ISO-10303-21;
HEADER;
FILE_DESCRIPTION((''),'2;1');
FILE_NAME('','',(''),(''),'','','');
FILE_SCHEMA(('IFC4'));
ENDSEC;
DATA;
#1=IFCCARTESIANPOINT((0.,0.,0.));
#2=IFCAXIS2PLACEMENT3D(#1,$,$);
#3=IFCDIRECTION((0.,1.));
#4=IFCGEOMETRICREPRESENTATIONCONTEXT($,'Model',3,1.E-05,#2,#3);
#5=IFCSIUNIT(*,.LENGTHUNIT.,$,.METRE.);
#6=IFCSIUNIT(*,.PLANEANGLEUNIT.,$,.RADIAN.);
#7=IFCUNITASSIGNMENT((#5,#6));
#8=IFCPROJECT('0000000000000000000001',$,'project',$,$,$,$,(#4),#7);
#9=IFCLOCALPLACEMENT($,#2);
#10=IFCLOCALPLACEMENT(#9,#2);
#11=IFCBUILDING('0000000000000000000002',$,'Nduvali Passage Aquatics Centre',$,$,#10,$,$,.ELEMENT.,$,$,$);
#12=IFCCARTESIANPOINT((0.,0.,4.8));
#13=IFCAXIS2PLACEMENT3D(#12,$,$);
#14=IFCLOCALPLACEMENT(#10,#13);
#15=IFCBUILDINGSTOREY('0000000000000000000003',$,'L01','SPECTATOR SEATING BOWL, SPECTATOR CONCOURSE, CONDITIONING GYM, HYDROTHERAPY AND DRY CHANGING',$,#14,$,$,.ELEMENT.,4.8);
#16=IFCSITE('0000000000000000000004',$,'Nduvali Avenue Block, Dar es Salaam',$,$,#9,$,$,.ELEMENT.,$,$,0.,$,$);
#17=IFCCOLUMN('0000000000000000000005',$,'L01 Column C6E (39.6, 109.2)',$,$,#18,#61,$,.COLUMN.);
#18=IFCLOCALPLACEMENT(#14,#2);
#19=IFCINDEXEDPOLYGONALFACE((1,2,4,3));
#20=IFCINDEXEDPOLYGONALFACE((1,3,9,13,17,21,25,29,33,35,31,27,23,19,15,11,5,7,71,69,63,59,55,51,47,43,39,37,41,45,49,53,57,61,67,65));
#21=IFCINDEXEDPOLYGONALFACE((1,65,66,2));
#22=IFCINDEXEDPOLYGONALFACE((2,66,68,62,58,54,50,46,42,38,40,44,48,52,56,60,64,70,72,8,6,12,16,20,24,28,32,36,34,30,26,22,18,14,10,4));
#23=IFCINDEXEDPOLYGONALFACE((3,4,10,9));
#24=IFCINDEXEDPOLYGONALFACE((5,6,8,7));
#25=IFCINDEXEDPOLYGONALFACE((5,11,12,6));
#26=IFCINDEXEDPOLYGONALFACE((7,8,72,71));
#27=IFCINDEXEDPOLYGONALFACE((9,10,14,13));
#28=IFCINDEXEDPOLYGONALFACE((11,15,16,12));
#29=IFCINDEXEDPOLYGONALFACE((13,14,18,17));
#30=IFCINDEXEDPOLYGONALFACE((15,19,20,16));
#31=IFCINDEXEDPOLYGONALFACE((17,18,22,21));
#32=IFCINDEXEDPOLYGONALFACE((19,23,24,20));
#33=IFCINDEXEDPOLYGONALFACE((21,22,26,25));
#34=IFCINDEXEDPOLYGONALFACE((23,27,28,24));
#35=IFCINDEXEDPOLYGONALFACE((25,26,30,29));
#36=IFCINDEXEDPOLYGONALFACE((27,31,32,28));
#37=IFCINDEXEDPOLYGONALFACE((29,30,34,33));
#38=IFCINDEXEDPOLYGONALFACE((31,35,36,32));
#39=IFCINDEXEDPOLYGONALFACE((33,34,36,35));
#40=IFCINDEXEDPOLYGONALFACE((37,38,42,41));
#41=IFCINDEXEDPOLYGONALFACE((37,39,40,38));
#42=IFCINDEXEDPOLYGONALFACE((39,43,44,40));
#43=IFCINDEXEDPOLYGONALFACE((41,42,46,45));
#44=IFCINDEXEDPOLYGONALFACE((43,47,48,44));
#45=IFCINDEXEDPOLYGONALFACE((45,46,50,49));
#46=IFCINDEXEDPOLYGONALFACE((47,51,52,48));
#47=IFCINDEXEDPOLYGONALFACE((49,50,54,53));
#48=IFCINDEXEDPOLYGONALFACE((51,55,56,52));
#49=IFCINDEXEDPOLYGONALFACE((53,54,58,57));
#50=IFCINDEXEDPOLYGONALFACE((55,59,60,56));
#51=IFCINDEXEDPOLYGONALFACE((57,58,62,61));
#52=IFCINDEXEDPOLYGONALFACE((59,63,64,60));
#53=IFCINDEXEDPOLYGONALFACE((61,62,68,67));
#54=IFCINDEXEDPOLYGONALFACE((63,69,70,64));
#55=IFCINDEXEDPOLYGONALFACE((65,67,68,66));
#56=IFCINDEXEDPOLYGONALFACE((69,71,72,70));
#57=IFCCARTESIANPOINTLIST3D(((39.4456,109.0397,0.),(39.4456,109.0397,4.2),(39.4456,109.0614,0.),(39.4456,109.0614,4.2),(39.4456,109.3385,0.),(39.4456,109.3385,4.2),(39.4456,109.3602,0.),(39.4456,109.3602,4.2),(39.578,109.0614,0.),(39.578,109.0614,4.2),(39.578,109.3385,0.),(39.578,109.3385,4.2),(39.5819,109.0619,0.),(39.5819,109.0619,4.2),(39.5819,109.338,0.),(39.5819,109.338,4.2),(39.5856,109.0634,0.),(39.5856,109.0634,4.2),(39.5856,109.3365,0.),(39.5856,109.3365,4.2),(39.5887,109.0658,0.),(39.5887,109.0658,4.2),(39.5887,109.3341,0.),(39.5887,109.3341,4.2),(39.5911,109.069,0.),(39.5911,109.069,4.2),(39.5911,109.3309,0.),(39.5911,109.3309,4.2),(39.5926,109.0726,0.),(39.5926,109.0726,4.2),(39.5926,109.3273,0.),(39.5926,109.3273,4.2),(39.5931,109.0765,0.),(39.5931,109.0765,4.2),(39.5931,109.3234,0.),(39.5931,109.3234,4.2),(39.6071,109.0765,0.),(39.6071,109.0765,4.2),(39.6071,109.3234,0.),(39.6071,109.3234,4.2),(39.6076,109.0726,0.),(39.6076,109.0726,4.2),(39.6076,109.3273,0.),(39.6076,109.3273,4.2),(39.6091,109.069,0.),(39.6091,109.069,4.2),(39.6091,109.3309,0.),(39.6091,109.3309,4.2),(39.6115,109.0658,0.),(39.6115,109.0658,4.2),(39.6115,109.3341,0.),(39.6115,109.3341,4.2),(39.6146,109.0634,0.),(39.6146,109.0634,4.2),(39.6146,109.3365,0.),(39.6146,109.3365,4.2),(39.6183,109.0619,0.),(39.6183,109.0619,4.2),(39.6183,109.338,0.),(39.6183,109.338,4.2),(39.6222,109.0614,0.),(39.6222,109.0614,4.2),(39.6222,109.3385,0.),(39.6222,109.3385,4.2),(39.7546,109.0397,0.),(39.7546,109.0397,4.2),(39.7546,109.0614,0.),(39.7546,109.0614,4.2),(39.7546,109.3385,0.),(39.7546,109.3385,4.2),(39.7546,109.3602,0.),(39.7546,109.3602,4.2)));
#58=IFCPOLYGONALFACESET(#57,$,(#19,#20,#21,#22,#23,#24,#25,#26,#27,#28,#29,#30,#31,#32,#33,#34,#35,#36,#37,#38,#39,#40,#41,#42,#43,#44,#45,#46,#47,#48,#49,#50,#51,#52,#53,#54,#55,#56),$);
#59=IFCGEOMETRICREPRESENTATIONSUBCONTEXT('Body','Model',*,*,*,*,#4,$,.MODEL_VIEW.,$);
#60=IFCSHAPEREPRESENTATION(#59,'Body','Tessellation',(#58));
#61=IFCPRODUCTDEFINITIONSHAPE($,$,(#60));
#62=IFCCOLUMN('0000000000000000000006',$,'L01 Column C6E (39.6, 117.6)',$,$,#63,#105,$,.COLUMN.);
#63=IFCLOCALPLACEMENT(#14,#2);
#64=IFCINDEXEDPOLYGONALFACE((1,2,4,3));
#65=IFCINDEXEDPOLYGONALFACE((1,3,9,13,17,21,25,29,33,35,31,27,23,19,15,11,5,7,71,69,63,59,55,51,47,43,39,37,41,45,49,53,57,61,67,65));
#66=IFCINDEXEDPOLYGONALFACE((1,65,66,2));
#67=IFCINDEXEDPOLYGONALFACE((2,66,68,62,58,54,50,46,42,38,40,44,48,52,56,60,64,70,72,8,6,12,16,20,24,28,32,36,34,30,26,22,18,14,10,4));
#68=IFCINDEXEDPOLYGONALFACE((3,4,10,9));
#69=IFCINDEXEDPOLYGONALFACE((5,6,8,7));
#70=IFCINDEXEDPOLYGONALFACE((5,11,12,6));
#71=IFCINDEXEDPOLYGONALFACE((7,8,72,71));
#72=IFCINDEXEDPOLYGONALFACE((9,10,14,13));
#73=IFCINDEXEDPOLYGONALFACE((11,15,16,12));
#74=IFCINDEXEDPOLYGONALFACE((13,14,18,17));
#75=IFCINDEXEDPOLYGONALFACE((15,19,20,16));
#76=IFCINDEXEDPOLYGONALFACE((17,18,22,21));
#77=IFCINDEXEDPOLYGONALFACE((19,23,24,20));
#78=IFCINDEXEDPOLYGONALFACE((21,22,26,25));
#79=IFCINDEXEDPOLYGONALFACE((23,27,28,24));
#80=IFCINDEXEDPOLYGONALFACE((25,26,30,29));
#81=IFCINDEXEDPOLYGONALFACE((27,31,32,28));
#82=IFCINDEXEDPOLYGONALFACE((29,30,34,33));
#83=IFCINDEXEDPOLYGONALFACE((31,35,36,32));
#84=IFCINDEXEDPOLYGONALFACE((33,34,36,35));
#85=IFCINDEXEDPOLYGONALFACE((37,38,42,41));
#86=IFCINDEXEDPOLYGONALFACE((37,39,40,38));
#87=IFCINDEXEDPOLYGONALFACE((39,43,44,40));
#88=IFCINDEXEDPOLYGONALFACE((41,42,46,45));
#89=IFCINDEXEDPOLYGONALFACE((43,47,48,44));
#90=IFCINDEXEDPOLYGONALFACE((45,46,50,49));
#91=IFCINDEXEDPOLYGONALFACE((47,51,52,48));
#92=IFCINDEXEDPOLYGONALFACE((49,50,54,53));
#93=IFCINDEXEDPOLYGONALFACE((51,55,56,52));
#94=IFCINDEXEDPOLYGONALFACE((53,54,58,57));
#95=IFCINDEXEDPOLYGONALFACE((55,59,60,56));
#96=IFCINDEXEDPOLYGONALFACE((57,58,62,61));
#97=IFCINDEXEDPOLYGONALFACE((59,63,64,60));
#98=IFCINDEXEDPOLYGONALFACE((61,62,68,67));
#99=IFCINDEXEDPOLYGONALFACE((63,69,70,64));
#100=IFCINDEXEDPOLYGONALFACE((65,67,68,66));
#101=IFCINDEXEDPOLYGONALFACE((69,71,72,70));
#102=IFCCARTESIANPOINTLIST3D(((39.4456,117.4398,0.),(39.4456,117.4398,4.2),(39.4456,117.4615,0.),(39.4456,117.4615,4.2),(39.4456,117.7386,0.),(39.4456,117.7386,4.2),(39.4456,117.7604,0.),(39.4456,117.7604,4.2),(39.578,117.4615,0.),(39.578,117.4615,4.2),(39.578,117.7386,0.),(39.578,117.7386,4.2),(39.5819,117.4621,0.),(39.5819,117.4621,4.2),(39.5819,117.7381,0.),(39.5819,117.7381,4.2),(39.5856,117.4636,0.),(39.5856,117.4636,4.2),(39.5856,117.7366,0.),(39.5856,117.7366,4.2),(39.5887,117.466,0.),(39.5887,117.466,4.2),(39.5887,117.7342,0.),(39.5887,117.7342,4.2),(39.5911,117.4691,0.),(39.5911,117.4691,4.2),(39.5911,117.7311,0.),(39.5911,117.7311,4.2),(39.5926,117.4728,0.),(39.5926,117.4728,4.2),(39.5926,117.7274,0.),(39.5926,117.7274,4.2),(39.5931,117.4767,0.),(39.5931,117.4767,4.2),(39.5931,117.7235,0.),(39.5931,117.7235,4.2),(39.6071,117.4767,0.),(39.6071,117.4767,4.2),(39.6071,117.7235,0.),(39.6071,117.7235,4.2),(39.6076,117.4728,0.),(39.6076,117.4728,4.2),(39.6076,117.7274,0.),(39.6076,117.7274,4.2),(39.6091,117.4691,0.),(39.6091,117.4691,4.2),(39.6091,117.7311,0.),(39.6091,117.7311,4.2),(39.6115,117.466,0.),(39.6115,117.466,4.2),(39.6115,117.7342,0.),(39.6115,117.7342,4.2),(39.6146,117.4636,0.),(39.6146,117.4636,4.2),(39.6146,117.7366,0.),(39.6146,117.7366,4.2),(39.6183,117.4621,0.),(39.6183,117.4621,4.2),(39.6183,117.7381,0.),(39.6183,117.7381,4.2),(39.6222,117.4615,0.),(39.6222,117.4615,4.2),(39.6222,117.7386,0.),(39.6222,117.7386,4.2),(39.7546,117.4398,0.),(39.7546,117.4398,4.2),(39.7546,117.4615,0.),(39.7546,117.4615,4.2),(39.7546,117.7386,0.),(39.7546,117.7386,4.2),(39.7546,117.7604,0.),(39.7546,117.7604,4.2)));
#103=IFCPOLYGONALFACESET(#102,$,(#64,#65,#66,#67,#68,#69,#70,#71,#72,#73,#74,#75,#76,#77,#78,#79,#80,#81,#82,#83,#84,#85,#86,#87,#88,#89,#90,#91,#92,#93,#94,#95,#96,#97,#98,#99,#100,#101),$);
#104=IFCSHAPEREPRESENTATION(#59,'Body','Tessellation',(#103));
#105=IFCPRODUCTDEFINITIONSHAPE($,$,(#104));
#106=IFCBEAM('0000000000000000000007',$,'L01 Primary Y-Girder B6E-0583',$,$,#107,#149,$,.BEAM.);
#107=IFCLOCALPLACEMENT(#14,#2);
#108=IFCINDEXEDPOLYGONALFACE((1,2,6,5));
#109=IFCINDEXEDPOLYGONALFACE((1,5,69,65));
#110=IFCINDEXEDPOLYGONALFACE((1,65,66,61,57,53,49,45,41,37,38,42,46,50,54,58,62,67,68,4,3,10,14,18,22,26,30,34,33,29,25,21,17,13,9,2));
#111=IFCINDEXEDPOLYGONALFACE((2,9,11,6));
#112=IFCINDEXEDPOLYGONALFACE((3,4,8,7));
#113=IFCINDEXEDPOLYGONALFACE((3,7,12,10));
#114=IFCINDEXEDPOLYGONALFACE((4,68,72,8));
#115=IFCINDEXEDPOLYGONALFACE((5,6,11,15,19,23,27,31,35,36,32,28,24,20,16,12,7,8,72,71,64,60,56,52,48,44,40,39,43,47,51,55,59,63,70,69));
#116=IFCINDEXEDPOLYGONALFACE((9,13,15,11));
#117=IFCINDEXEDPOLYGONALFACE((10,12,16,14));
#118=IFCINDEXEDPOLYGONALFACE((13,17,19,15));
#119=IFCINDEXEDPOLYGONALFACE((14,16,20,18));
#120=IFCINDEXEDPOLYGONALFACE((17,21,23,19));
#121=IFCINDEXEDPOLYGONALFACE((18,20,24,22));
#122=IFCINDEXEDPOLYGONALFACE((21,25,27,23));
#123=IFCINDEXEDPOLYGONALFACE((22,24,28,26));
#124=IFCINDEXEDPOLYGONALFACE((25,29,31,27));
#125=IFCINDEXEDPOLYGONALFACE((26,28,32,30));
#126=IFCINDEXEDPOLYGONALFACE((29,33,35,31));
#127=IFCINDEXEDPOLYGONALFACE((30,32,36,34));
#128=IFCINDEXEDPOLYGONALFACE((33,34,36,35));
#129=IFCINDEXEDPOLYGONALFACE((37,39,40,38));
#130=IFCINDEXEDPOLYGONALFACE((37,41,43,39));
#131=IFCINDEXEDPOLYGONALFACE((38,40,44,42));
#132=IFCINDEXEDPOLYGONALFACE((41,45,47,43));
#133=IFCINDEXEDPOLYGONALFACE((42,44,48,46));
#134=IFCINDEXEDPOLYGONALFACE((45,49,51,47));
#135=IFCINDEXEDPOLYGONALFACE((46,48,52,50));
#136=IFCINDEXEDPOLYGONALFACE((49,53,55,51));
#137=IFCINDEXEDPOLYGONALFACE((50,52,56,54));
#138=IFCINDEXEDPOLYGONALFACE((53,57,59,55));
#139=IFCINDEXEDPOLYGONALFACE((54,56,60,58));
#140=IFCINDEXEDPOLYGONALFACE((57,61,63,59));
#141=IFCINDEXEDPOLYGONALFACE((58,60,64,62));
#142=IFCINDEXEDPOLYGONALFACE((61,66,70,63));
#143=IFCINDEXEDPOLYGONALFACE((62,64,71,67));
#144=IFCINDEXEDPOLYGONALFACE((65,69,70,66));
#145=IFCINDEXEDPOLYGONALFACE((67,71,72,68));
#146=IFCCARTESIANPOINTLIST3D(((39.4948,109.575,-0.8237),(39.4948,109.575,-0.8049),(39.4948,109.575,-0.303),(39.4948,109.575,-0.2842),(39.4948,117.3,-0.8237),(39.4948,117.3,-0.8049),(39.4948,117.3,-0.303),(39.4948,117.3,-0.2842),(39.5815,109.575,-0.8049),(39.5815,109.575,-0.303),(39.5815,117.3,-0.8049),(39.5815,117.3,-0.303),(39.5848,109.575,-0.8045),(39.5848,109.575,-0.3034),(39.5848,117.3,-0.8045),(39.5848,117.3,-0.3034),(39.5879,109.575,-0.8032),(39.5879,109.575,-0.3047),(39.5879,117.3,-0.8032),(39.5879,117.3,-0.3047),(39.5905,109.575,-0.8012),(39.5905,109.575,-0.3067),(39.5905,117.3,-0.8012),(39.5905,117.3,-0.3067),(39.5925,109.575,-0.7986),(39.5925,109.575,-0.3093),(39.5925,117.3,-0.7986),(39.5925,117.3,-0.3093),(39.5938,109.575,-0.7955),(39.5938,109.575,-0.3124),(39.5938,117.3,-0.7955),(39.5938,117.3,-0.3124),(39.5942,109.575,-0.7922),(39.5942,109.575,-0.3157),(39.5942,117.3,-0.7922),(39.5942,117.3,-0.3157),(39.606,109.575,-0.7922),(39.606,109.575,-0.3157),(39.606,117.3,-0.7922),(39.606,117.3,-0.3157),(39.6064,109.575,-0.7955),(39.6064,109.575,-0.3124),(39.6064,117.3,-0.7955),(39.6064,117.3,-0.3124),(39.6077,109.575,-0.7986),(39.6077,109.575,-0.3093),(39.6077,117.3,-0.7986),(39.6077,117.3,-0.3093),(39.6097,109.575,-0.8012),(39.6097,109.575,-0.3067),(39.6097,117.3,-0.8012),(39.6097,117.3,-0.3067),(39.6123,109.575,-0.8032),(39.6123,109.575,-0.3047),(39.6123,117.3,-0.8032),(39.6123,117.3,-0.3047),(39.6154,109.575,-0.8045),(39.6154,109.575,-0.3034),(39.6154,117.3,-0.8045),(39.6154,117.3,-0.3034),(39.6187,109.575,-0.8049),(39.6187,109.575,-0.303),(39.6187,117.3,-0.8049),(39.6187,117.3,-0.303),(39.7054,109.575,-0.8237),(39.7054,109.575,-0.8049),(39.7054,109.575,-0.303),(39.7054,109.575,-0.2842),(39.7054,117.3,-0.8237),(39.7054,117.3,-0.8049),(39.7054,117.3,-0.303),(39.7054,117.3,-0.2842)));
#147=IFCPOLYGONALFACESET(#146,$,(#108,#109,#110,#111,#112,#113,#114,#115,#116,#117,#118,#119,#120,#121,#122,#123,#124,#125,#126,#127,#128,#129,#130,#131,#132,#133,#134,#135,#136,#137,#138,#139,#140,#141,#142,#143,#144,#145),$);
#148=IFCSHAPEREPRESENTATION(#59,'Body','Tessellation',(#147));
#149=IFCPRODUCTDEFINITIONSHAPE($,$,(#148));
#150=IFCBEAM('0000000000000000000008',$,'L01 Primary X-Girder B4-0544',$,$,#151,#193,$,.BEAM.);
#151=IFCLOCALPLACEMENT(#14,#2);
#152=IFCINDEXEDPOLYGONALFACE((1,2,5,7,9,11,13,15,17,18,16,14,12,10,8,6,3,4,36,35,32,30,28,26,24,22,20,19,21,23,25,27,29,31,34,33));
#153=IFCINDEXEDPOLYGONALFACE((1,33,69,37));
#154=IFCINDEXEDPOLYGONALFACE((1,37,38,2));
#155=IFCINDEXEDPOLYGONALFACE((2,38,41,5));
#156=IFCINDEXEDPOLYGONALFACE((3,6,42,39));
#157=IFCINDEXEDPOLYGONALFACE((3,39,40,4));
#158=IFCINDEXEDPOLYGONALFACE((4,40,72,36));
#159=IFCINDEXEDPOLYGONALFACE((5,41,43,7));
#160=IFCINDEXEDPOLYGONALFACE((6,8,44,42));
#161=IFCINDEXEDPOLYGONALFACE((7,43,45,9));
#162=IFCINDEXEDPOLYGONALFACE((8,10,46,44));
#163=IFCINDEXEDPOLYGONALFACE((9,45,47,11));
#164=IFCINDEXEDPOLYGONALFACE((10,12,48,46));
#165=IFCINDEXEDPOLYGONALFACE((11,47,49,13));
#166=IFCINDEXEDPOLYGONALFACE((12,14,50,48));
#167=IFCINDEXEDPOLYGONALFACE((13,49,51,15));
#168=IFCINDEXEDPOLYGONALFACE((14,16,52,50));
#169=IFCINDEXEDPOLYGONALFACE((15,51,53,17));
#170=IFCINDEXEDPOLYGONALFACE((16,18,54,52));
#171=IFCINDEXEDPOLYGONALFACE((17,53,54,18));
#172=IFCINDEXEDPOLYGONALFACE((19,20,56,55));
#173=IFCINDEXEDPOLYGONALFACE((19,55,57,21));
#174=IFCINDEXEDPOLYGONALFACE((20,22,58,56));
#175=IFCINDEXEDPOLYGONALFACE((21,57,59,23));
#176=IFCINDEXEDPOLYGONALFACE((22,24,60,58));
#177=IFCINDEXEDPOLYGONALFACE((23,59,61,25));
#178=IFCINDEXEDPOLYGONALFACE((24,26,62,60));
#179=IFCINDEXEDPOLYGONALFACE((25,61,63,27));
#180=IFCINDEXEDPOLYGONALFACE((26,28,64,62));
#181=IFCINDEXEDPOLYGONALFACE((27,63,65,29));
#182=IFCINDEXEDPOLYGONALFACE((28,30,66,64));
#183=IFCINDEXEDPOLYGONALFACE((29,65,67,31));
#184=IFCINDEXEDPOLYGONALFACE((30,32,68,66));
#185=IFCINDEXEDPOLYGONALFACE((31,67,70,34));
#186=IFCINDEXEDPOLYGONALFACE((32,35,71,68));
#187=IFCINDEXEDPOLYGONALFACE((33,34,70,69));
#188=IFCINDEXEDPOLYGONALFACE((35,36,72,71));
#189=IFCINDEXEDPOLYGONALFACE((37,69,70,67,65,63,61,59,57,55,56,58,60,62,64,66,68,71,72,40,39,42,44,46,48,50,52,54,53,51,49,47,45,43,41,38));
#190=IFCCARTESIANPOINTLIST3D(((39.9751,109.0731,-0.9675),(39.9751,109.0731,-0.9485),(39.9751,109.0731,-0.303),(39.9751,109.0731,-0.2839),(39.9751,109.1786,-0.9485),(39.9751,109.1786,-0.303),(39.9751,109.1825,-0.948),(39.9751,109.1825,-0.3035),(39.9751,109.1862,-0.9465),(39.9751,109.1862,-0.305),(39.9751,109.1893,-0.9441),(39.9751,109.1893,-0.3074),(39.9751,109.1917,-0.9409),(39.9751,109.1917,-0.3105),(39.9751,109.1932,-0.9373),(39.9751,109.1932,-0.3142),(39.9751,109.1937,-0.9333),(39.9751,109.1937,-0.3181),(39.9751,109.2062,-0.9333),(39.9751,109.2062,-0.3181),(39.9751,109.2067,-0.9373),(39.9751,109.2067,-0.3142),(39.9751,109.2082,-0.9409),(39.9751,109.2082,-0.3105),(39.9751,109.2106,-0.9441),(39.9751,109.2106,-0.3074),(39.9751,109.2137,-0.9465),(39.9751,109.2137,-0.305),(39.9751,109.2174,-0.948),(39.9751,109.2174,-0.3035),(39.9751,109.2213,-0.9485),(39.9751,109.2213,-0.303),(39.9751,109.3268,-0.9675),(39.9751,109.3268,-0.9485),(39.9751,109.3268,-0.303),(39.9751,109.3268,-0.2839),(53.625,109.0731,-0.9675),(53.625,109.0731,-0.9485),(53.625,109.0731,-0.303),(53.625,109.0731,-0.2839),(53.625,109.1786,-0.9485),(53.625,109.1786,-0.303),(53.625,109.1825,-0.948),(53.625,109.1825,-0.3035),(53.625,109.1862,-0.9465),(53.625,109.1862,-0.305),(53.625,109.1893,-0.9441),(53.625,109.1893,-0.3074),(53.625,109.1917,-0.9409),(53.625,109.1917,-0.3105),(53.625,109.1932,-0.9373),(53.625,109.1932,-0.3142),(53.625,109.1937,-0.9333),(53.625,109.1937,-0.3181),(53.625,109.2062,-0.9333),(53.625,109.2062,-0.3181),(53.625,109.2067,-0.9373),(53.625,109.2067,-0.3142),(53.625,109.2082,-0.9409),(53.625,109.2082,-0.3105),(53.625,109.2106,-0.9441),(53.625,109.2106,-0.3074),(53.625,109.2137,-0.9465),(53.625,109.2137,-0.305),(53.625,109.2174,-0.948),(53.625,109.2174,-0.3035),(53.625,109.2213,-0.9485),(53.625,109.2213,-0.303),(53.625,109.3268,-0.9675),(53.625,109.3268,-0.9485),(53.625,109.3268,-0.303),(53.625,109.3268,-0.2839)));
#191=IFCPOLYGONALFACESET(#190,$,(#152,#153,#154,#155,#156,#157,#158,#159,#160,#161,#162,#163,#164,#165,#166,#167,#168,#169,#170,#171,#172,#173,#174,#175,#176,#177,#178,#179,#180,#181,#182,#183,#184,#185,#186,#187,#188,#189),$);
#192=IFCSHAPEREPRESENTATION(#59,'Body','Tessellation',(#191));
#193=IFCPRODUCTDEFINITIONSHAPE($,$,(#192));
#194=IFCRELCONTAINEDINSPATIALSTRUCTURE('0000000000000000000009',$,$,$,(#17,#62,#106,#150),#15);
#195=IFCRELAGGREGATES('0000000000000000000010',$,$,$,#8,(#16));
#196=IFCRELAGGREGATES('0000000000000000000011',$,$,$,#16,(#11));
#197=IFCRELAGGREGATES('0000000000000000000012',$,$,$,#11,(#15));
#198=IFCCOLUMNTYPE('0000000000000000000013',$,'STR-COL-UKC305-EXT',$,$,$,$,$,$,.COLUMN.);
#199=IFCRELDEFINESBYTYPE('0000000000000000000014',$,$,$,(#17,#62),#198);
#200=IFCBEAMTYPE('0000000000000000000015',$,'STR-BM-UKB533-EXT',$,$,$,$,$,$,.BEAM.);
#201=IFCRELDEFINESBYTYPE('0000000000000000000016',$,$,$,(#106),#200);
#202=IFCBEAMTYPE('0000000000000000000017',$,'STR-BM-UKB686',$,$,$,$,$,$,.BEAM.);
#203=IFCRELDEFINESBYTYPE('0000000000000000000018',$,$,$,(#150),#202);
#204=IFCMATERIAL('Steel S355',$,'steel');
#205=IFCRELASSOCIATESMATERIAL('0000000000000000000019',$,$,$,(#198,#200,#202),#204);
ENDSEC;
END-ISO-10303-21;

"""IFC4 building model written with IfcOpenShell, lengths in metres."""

from ifc_helpers import new_model, si_unit, direction, frame, origin, origin_2d, place, context, subcontext, project, spatial, i_section, extrude, material, material_profile, profile_set, type_object, element, save


model = new_model("IFC4")

# Units and contexts
model_context = context("Model", 3, precision=1e-05, world=origin(), true_north=direction((0.0, 1.0)))
body_context = subcontext(model_context, "Body", "Model", "MODEL_VIEW")
ifc_project = project(units=[si_unit("LENGTHUNIT", "METRE"), si_unit("PLANEANGLEUNIT", "RADIAN")], contexts=[model_context])

# Site, building, storey
site_placement = place(None, origin())
site = spatial("IfcSite", under=ifc_project, at=site_placement, Name="Nduvali Avenue Block, Dar es Salaam", CompositionType="ELEMENT", RefElevation=0.0)
building_placement = place(site_placement, origin())
building = spatial("IfcBuilding", under=site, at=building_placement, Name="Nduvali Passage Aquatics Centre", CompositionType="ELEMENT")
storey_placement = place(building_placement, frame((0.0, 0.0, 4.8)))
storey = spatial("IfcBuildingStorey", under=building, at=storey_placement, Name="L01", Description="SPECTATOR SEATING BOWL, SPECTATOR CONCOURSE, CONDITIONING GYM, HYDROTHERAPY AND DRY CHANGING", CompositionType="ELEMENT", Elevation=4.8)

# Columns
ifc_material_1 = material(Name="Steel S355", Category="steel")
ifc_material_profile_1 = material_profile(ifc_material_1, i_section(OverallWidth=0.3091, OverallDepth=0.3206, WebThickness=0.0139, FlangeThickness=0.0217, FilletRadius=0.0151, at=origin_2d()), Name="UKC 305x305x137")
ifc_profile_set_1 = profile_set([ifc_material_profile_1], Name="Steel S355")
column_type = type_object("IfcColumnType", Name="STR-COL-UKC305-EXT", PredefinedType="COLUMN", material=ifc_profile_set_1)
for number, where, z_axis, x_axis, name in (
    (1, (39.6001, 109.2, 0.0), (0.0, 0.0, 1.0), (1.0, 0.0, 0.0), "L01 Column C6E (39.6, 109.2)"),
    (2, (39.6001, 117.6001, 0.0), (0.0, 0.0, 1.0), (1.0, 0.0, 0.0), "L01 Column C6E (39.6, 117.6)"),
):
    element("IfcColumn", number, at=place(storey_placement, frame(where, z_axis=z_axis, x_axis=x_axis)), inside=storey, type_object=column_type, Name=name, PredefinedType="COLUMN", context=body_context, shape_type="SweptSolid", body=[
        extrude(i_section(OverallWidth=0.3091, OverallDepth=0.3206, WebThickness=0.0139, FlangeThickness=0.0217, FilletRadius=0.0151, at=origin_2d()), origin(), (0.0, 0.0, 1.0), 4.2),
    ])

# Beams
ifc_material_profile_2 = material_profile(ifc_material_1, i_section(OverallWidth=0.2107, OverallDepth=0.5396, WebThickness=0.0117, FlangeThickness=0.0188, FilletRadius=0.0127, at=origin_2d()), Name="UKB 533x210x109")
ifc_profile_set_2 = profile_set([ifc_material_profile_2], Name="Steel S355")
beam_type_1 = type_object("IfcBeamType", Name="STR-BM-UKB533-EXT", PredefinedType="BEAM", material=ifc_profile_set_2)
beam_1_placement = place(storey_placement, frame((39.6001, 109.575, -0.554), z_axis=(0.0, 1.0, 0.0), x_axis=(-1.0, 0.0, 0.0)))
element("IfcBeam", 3, at=beam_1_placement, inside=storey, type_object=beam_type_1, Name="L01 Primary Y-Girder B6E-0583", PredefinedType="BEAM", context=body_context, shape_type="SweptSolid", body=[
    extrude(i_section(OverallWidth=0.2107, OverallDepth=0.5396, WebThickness=0.0117, FlangeThickness=0.0188, FilletRadius=0.0127, at=origin_2d()), origin(), (0.0, 0.0, 1.0), 7.7251),
])
ifc_material_profile_3 = material_profile(ifc_material_1, i_section(OverallWidth=0.2537, OverallDepth=0.6836, WebThickness=0.0125, FlangeThickness=0.019, FilletRadius=0.0151, at=origin_2d()), Name="UKB 686x254x140")
ifc_profile_set_3 = profile_set([ifc_material_profile_3], Name="Steel S355")
beam_type_2 = type_object("IfcBeamType", Name="STR-BM-UKB686", PredefinedType="BEAM", material=ifc_profile_set_3)
beam_2_placement = place(storey_placement, frame((39.9751, 109.2, -0.6257), z_axis=(1.0, 0.0, 0.0), x_axis=(0.0, 1.0, 0.0)))
element("IfcBeam", 4, at=beam_2_placement, inside=storey, type_object=beam_type_2, Name="L01 Primary X-Girder B4-0544", PredefinedType="BEAM", context=body_context, shape_type="SweptSolid", body=[
    extrude(i_section(OverallWidth=0.2537, OverallDepth=0.6836, WebThickness=0.0125, FlangeThickness=0.019, FilletRadius=0.0151, at=origin_2d()), origin(), (0.0, 0.0, 1.0), 13.6499),
])

save(model, "model.ifc")
